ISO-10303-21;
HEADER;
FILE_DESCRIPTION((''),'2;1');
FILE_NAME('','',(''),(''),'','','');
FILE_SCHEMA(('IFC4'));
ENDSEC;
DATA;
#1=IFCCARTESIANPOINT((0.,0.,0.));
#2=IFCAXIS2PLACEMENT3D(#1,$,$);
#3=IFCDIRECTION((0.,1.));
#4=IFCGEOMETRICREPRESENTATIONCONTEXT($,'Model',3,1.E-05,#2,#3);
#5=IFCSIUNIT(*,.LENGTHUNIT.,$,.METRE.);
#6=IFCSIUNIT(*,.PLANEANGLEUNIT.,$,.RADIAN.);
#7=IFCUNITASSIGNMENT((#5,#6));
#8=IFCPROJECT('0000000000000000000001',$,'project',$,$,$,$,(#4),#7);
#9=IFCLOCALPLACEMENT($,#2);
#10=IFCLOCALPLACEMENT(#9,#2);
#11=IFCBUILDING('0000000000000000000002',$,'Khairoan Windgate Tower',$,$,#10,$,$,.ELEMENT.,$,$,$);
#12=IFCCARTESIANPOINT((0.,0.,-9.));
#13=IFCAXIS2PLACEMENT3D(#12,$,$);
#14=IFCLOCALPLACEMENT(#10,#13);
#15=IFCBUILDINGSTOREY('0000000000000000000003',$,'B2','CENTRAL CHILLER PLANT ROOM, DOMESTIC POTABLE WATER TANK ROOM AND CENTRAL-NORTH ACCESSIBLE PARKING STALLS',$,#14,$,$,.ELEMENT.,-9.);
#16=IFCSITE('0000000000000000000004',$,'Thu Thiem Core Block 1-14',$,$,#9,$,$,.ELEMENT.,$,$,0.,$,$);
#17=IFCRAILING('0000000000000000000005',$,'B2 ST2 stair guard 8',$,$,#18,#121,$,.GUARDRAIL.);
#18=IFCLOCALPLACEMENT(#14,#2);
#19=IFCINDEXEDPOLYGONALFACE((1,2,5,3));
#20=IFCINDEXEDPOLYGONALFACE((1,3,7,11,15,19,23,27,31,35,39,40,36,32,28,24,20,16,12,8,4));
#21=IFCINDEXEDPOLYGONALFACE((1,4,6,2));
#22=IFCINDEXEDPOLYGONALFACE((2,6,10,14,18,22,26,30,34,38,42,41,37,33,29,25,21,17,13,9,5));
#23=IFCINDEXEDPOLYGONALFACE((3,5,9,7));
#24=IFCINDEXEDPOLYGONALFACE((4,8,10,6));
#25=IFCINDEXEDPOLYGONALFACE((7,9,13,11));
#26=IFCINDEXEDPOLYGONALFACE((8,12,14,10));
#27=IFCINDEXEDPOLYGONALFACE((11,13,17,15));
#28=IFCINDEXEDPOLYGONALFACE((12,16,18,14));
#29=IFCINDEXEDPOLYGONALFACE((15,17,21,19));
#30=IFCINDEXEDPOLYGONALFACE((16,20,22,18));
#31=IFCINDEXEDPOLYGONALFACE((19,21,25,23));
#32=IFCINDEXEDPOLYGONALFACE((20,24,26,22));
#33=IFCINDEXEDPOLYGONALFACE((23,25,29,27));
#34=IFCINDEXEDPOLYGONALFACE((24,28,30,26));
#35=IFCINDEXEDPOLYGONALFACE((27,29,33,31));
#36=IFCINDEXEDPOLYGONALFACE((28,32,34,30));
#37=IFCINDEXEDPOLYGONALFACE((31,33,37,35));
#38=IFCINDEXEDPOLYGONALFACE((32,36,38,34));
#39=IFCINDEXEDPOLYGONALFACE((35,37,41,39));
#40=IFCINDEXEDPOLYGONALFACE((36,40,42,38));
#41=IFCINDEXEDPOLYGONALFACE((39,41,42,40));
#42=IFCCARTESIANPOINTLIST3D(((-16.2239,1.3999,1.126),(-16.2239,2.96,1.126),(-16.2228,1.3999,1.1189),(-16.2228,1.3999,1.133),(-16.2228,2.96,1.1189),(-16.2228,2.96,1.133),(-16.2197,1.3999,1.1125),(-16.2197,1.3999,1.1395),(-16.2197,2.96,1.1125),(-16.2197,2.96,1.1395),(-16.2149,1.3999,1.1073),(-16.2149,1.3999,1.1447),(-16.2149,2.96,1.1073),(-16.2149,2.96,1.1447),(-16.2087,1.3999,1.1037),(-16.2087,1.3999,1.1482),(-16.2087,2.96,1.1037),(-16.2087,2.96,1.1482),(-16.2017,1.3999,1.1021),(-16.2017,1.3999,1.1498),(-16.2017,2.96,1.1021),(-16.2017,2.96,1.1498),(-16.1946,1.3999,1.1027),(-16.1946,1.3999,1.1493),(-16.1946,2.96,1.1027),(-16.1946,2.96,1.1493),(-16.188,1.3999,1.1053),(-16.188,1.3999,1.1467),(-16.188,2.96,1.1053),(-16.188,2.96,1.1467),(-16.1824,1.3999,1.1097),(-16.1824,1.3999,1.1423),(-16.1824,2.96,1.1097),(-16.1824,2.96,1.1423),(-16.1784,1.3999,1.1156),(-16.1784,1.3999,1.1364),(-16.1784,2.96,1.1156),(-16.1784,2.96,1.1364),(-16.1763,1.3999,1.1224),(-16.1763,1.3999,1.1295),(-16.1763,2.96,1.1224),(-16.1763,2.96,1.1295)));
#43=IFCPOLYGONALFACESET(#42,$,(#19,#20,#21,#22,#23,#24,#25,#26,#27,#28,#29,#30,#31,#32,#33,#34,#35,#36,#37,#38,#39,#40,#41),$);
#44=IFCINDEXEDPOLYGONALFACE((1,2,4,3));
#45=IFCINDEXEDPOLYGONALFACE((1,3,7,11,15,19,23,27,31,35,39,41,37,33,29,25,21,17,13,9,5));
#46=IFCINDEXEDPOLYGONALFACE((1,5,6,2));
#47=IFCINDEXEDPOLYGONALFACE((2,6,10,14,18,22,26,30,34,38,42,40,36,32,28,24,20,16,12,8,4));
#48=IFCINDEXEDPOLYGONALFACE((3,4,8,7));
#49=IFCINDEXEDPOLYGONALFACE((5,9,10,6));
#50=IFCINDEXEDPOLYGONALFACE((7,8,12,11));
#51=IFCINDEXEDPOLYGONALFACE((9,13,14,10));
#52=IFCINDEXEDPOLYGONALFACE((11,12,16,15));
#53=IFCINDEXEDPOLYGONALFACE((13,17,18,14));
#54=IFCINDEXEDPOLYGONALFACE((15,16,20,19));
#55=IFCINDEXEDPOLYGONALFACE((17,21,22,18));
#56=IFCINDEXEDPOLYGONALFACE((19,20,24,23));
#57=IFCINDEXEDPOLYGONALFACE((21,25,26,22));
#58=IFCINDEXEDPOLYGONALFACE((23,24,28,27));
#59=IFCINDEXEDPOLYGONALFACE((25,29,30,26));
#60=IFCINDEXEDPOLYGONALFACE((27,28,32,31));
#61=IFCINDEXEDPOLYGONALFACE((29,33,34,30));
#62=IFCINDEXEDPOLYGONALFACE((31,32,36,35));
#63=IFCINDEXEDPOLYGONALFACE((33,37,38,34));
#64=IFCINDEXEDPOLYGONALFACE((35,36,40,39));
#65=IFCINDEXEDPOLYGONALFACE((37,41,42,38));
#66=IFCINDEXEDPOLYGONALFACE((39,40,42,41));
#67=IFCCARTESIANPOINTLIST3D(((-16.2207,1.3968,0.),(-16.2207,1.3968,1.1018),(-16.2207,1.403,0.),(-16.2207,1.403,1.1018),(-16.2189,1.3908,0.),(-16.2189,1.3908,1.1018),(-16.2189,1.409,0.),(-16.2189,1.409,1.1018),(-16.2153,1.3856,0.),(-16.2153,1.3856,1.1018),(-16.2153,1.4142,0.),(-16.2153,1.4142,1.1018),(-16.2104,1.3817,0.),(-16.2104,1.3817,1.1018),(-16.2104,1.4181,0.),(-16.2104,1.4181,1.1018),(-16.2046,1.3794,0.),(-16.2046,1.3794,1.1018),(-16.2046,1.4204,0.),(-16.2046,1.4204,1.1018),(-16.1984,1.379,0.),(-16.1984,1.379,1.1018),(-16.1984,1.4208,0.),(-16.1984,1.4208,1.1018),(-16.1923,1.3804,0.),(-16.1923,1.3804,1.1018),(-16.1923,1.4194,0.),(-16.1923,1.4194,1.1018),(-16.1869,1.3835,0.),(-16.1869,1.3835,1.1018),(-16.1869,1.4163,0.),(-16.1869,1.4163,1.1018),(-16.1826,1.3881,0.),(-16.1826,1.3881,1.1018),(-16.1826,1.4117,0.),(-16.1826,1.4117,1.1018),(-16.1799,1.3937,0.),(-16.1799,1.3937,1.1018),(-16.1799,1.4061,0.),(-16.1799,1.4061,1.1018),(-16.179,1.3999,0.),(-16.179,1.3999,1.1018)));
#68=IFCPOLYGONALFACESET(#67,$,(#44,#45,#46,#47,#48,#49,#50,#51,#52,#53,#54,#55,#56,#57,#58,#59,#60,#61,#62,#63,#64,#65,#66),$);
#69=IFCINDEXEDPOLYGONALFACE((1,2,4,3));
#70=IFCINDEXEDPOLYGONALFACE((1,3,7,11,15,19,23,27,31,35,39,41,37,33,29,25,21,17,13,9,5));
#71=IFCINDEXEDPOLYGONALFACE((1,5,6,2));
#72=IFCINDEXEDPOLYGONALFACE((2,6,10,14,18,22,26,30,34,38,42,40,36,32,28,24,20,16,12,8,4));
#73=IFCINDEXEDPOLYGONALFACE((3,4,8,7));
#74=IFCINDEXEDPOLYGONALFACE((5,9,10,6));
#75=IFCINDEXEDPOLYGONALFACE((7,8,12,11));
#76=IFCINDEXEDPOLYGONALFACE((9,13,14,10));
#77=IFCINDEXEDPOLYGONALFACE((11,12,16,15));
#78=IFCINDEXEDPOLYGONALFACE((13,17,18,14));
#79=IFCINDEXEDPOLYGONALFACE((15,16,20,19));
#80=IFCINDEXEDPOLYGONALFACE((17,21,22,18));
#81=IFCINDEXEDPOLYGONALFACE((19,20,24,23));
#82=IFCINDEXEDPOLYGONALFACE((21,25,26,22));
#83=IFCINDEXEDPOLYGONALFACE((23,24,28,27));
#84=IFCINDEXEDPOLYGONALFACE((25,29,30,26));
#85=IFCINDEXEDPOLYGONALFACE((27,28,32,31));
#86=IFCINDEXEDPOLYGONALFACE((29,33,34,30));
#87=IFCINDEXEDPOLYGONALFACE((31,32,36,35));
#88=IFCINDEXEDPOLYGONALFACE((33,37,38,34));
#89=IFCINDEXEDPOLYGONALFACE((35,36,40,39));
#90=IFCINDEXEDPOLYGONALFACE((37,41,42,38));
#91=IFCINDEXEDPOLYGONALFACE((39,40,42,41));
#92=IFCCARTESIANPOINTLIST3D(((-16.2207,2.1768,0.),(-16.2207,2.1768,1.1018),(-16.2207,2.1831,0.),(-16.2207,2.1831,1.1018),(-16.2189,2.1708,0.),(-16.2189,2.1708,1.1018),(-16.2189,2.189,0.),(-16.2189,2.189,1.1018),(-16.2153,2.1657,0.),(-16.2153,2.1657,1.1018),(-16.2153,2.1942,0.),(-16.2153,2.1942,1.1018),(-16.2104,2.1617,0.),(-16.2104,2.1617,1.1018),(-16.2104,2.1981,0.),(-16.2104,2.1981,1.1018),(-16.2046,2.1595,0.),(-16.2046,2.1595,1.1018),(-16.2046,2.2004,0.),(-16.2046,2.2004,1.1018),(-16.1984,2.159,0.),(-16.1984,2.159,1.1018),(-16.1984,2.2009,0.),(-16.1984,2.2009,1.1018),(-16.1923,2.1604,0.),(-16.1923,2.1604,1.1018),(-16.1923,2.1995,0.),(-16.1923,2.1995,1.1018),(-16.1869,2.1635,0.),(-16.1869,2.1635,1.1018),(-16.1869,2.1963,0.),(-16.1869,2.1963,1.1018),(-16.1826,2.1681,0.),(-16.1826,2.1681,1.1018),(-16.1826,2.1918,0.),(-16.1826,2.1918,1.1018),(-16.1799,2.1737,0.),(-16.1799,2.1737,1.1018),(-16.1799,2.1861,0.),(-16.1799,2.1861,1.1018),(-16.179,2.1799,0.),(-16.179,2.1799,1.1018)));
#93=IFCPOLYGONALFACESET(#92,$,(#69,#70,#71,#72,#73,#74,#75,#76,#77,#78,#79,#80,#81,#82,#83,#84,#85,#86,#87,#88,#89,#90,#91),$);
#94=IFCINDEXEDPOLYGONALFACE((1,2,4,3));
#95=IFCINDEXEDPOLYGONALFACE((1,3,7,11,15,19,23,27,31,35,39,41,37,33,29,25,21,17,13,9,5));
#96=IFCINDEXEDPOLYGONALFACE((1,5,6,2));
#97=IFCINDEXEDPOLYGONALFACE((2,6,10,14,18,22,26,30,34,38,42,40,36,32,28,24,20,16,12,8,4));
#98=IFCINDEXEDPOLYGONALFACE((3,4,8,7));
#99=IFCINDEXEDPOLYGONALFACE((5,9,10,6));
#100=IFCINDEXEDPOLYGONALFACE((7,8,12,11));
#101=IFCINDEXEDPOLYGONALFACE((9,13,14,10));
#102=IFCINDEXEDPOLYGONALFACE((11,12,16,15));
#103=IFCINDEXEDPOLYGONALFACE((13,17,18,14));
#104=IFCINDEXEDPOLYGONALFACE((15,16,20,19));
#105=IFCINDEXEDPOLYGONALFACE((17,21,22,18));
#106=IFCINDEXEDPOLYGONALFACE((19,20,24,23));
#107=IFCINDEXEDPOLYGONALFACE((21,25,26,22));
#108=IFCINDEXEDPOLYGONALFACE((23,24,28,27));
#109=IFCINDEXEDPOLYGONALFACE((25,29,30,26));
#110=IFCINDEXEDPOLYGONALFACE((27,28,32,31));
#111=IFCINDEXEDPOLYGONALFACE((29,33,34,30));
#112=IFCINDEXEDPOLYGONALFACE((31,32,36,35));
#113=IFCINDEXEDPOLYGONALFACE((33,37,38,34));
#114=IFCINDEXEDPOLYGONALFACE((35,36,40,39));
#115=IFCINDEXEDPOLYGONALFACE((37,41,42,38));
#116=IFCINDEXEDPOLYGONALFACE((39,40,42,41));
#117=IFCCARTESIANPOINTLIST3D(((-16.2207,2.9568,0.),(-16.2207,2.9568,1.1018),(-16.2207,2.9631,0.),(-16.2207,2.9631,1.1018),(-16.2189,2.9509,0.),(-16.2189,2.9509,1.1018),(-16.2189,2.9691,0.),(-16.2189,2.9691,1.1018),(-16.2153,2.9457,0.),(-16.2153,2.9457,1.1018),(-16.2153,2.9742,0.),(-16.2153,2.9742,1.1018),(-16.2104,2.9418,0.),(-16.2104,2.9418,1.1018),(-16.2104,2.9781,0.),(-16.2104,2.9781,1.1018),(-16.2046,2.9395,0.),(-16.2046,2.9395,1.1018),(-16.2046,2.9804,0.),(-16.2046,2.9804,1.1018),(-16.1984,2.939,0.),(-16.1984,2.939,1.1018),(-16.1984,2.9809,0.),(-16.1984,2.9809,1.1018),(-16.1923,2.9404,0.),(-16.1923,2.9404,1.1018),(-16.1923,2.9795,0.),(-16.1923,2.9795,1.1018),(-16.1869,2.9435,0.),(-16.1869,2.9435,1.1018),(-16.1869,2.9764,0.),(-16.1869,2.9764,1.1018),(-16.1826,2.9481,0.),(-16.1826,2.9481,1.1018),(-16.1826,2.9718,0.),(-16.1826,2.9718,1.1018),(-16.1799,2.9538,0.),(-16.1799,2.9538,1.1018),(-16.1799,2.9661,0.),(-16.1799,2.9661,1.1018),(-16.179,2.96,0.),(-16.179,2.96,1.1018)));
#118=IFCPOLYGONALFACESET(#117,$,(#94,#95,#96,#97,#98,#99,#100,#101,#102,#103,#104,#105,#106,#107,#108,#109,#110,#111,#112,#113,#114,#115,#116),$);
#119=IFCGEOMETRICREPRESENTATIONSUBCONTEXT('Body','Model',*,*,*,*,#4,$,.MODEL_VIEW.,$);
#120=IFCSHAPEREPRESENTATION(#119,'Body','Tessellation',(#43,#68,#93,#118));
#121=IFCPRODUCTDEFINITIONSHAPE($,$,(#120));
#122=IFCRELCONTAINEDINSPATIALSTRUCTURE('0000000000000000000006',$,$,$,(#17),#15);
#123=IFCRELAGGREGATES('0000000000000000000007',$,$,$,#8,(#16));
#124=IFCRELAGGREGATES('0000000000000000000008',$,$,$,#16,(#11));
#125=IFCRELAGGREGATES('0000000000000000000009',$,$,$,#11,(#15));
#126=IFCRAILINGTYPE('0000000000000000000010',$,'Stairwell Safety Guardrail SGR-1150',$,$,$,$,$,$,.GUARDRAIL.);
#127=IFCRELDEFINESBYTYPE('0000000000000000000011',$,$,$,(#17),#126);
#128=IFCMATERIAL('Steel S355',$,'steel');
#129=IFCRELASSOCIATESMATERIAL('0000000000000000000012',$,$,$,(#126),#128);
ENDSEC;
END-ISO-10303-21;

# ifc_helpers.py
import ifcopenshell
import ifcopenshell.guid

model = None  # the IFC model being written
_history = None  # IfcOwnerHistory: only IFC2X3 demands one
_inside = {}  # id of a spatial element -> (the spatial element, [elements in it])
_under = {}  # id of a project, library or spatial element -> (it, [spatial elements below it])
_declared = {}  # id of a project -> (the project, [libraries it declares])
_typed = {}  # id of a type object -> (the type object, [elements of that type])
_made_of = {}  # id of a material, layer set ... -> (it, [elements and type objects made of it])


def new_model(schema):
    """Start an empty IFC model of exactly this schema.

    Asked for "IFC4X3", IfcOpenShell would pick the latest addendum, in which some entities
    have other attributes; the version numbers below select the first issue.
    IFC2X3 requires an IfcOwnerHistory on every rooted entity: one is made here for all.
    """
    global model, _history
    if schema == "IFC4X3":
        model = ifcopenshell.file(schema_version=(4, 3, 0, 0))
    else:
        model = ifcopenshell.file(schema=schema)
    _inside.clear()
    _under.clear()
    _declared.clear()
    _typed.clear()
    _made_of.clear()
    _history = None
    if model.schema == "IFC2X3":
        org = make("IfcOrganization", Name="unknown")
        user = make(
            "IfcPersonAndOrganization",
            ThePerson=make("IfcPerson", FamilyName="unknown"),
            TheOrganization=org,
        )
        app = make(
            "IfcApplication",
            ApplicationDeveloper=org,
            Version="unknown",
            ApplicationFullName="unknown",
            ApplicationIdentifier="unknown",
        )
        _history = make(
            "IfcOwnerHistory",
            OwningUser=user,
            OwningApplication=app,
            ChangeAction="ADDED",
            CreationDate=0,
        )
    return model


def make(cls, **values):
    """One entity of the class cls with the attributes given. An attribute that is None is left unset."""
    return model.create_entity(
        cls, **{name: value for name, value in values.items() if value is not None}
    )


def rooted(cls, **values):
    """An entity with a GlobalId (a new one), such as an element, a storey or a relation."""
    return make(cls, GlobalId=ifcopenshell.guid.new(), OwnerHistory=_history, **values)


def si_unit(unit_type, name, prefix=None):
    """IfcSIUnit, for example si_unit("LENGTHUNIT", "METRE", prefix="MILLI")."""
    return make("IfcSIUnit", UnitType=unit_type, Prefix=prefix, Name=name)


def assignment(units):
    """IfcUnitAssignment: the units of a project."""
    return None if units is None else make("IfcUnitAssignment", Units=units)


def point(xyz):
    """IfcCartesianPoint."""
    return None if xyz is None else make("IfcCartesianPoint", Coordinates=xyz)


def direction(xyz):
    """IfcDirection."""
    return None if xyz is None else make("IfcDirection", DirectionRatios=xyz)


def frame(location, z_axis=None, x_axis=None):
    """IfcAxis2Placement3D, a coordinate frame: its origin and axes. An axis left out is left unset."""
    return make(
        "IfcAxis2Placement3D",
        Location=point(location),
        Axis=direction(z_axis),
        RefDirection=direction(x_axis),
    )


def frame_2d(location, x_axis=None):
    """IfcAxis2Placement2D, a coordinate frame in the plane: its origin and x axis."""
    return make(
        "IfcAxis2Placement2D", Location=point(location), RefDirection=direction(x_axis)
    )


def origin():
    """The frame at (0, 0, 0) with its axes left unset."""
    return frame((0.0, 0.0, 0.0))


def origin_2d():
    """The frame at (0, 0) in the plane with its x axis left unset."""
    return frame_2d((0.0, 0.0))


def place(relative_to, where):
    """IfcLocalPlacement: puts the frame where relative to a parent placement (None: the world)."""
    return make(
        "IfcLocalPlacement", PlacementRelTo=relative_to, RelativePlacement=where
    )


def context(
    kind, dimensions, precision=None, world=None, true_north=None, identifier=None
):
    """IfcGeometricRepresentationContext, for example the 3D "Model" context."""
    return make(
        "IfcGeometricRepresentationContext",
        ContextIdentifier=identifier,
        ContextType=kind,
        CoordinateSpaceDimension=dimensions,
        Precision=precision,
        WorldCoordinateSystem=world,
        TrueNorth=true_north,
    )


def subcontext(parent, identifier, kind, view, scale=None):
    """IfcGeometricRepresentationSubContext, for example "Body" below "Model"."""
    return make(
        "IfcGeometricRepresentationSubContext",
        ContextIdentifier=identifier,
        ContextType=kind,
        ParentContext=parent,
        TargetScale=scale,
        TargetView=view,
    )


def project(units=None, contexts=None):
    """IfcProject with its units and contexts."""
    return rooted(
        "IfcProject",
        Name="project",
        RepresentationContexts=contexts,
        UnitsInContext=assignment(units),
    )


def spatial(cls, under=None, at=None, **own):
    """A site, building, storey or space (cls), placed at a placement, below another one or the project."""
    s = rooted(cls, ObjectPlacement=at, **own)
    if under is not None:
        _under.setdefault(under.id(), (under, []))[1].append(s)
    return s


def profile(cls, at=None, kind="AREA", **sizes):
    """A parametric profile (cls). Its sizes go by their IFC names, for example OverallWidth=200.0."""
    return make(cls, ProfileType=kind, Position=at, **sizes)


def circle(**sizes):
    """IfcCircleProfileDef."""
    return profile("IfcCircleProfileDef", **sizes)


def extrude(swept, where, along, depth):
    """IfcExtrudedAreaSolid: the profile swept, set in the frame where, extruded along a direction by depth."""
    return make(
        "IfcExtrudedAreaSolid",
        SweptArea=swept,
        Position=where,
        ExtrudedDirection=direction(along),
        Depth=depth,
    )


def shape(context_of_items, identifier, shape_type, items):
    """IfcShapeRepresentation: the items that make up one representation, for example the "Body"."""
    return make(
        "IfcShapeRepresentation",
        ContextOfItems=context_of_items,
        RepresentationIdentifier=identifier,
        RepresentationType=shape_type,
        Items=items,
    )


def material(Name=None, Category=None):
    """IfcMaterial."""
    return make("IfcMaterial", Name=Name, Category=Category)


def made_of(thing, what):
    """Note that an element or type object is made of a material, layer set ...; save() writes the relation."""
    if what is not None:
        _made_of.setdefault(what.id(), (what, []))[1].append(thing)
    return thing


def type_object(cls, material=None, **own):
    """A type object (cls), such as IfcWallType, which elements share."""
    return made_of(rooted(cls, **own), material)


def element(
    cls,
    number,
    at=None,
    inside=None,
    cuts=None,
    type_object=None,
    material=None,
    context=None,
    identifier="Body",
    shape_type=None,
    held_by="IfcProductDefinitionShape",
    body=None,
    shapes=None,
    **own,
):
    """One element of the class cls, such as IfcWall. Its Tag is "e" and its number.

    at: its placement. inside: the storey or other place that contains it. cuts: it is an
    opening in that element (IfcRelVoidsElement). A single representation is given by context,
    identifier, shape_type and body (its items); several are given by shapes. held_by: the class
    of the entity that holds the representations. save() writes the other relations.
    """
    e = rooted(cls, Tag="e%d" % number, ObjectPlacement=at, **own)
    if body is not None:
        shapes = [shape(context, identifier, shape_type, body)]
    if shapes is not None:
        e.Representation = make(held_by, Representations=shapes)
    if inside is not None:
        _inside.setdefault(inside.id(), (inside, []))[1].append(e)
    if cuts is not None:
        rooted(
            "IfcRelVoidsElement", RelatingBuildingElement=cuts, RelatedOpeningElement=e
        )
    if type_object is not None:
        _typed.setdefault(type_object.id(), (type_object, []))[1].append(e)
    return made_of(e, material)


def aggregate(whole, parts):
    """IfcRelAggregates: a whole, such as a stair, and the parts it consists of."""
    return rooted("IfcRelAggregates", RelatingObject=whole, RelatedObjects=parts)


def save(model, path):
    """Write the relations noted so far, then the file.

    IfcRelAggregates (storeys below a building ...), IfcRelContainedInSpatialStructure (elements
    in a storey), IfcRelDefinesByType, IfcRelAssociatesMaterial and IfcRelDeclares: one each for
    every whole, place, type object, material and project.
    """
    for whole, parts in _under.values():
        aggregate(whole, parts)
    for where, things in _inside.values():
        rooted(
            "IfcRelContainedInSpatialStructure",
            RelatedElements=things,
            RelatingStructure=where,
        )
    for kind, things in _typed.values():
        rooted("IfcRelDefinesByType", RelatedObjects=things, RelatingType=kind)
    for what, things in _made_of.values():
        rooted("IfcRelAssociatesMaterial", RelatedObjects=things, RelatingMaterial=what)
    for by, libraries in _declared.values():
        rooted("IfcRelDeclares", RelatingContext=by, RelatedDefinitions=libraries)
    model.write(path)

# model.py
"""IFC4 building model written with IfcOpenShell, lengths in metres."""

from ifc_helpers import new_model, si_unit, direction, frame, origin, origin_2d, place, context, subcontext, project, spatial, circle, extrude, material, type_object, element, save


model = new_model("IFC4")

# Units and contexts
model_context = context("Model", 3, precision=1e-05, world=origin(), true_north=direction((0.0, 1.0)))
body_context = subcontext(model_context, "Body", "Model", "MODEL_VIEW")
ifc_project = project(units=[si_unit("LENGTHUNIT", "METRE"), si_unit("PLANEANGLEUNIT", "RADIAN")], contexts=[model_context])

# Site, building, storey
site_placement = place(None, origin())
site = spatial("IfcSite", under=ifc_project, at=site_placement, Name="Thu Thiem Core Block 1-14", CompositionType="ELEMENT", RefElevation=0.0)
building_placement = place(site_placement, origin())
building = spatial("IfcBuilding", under=site, at=building_placement, Name="Khairoan Windgate Tower", CompositionType="ELEMENT")
storey_placement = place(building_placement, frame((0.0, 0.0, -9.0)))
storey = spatial("IfcBuildingStorey", under=building, at=storey_placement, Name="B2", Description="CENTRAL CHILLER PLANT ROOM, DOMESTIC POTABLE WATER TANK ROOM AND CENTRAL-NORTH ACCESSIBLE PARKING STALLS", CompositionType="ELEMENT", Elevation=-9.0)

# Railing
ifc_material_1 = material(Name="Steel S355", Category="steel")
railing_type_1 = type_object("IfcRailingType", Name="Stairwell Safety Guardrail SGR-1150", PredefinedType="GUARDRAIL", material=ifc_material_1)
railing_1_placement = place(storey_placement, frame((-16.2, 1.3999, 0.0)))
element("IfcRailing", 1, at=railing_1_placement, inside=storey, type_object=railing_type_1, Name="B2 ST2 stair guard 8", PredefinedType="GUARDRAIL", context=body_context, shape_type="SweptSolid", body=[
    extrude(circle(Radius=0.0239, at=origin_2d()), frame((0.0, 0.0, 1.126), z_axis=(0.0, 1.0, 0.0), x_axis=(-1.0, 0.0, 0.0)), (0.0, 0.0, 1.0), 1.5601),
    extrude(circle(Radius=0.021, at=origin_2d()), origin(), (0.0, 0.0, 1.0), 1.1018),
    extrude(circle(Radius=0.021, at=origin_2d()), frame((0.0, 0.78, 0.0)), (0.0, 0.0, 1.0), 1.1018),
    extrude(circle(Radius=0.021, at=origin_2d()), frame((0.0, 1.5601, 0.0)), (0.0, 0.0, 1.0), 1.1018),
])

save(model, "model.ifc")
